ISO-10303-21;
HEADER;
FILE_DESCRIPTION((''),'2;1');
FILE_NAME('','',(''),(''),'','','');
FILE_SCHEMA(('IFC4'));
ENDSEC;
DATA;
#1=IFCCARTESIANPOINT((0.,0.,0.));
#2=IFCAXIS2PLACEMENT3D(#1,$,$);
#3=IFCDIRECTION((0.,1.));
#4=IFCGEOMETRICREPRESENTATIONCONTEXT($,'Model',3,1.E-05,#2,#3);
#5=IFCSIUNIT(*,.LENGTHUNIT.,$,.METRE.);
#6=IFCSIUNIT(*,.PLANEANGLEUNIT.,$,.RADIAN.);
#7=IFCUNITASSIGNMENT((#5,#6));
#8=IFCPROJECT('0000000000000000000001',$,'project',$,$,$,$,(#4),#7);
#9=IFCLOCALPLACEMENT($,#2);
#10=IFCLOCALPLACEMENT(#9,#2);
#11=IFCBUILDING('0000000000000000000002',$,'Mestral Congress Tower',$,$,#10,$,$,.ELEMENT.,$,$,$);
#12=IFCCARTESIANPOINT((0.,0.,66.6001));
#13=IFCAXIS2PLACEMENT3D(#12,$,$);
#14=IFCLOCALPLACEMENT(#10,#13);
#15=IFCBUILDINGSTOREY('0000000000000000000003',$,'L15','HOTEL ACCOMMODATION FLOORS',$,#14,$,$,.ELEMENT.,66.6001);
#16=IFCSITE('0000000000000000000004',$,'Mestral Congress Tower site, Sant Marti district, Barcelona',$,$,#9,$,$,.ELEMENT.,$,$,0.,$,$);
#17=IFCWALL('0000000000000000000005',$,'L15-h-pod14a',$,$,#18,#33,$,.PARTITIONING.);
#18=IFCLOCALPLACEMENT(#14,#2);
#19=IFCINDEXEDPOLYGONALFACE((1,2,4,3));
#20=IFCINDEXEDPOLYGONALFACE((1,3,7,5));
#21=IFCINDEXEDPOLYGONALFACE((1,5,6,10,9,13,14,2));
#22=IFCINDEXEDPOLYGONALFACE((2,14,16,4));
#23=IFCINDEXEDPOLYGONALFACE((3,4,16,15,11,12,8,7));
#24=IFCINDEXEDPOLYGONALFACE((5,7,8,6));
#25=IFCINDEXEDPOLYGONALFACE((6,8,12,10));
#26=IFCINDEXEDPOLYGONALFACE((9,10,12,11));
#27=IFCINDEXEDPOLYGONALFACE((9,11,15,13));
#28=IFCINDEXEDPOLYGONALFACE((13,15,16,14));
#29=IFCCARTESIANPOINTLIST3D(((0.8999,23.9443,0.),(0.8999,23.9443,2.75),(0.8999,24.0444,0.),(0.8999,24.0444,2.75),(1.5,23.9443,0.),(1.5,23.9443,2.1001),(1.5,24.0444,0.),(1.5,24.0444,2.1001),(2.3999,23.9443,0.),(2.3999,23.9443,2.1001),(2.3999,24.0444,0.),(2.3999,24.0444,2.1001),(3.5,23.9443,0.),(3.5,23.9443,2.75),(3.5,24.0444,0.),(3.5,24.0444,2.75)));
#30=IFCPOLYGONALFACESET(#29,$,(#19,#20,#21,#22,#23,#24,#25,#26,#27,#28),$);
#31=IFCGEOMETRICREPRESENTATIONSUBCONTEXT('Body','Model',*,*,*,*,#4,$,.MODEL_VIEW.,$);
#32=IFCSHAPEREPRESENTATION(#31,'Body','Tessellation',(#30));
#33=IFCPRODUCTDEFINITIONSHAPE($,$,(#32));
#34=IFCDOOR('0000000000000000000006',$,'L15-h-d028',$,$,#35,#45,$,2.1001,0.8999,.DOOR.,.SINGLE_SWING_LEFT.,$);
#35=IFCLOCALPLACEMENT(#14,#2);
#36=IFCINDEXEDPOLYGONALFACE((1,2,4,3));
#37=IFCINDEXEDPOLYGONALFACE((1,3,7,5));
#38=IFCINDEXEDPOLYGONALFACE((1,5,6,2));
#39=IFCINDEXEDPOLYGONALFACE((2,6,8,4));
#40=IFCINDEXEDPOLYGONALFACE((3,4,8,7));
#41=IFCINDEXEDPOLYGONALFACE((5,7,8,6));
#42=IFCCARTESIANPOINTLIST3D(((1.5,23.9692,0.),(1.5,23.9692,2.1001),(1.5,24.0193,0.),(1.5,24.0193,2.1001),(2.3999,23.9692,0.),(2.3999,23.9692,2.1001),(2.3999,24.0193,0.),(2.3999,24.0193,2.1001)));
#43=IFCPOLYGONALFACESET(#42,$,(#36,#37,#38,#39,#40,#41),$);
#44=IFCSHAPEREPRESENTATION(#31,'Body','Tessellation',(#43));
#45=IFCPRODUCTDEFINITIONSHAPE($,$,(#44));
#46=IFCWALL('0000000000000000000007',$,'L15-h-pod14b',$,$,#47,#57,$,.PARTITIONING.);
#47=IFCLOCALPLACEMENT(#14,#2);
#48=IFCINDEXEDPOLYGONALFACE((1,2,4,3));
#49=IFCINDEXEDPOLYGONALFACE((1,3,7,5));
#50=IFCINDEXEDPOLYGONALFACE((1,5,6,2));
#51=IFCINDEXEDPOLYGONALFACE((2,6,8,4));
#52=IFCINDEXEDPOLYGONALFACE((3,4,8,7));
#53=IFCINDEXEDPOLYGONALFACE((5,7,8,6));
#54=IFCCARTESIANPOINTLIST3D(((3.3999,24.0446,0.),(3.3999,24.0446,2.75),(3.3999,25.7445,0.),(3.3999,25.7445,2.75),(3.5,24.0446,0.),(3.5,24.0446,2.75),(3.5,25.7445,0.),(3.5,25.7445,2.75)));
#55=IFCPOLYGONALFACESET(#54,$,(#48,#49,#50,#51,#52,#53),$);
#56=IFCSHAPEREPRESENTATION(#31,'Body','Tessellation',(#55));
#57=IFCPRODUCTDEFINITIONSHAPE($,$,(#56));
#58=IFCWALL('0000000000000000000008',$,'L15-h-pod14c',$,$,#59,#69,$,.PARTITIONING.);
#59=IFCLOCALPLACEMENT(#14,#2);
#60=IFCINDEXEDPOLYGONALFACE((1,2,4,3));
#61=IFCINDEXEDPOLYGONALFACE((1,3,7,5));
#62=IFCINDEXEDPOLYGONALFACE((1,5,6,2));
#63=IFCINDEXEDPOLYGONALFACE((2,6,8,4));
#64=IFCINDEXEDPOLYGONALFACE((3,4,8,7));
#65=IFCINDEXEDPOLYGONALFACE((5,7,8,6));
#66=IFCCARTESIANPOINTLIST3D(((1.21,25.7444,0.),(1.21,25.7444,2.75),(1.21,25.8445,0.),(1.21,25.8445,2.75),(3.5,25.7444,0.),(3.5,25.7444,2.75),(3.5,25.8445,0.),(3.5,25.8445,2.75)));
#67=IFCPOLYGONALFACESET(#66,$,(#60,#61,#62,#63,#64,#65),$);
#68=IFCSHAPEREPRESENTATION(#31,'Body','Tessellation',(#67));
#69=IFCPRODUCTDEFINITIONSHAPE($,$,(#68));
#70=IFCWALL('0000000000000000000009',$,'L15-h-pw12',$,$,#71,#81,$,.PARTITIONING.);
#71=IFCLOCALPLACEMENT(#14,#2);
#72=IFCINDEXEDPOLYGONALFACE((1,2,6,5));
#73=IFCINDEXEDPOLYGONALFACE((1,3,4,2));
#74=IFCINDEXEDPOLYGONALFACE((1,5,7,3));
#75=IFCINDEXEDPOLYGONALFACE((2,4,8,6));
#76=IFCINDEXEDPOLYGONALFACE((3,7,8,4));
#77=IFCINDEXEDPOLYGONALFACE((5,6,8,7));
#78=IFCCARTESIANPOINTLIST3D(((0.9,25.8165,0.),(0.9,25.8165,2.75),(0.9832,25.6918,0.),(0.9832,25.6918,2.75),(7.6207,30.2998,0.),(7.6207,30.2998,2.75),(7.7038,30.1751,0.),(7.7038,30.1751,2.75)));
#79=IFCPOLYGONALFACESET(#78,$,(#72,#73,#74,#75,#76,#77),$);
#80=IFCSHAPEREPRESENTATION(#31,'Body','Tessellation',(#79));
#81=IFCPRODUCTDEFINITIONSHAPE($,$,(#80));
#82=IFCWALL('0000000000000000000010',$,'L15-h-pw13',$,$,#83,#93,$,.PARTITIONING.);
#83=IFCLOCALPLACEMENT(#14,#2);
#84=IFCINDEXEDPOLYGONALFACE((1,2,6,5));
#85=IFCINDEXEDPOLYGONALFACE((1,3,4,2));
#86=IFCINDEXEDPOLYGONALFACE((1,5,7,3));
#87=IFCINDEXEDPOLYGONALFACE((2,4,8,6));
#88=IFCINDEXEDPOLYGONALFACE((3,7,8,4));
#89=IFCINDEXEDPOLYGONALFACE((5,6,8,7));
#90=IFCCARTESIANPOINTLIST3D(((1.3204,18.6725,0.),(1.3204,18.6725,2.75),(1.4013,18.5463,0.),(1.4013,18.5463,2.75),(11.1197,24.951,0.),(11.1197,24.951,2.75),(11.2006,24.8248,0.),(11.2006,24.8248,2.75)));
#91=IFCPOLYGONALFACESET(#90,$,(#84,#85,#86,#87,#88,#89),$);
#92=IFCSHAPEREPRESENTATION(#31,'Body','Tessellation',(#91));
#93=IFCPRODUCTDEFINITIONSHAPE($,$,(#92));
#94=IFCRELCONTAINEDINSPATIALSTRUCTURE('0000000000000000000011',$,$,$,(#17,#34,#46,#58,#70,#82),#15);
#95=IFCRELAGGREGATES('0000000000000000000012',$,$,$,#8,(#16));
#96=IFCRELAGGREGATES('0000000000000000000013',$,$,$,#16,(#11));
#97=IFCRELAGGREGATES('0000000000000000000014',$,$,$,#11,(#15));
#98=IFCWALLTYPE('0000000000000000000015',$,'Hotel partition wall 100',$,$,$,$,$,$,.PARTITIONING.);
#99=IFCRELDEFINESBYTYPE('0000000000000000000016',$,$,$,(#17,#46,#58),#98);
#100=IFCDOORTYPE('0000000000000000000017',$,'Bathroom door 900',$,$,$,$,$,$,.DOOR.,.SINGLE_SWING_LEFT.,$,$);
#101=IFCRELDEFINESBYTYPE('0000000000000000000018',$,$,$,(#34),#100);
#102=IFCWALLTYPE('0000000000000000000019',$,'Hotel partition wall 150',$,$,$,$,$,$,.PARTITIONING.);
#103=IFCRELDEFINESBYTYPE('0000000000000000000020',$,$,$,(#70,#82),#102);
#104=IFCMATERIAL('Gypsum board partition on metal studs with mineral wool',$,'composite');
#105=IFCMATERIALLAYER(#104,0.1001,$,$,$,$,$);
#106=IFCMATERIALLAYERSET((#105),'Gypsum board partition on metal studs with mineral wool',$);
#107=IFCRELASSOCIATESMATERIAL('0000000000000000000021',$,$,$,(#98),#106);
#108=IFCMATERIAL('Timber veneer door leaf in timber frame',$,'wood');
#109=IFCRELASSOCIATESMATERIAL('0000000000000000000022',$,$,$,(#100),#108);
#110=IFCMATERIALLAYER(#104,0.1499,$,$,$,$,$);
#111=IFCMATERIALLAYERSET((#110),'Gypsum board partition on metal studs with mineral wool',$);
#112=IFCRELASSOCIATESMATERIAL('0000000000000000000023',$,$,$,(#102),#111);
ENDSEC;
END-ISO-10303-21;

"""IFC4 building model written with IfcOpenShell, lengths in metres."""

from ifc_helpers import new_model, si_unit, direction, frame, frame_2d, origin, place, context, subcontext, project, spatial, rectangle, extrude, material, layer, layer_set, type_object, element, fill, save


model = new_model("IFC4")

# Units and contexts
model_context = context("Model", 3, precision=1e-05, world=origin(), true_north=direction((0.0, 1.0)))
body_context = subcontext(model_context, "Body", "Model", "MODEL_VIEW")
ifc_project = project(units=[si_unit("LENGTHUNIT", "METRE"), si_unit("PLANEANGLEUNIT", "RADIAN")], contexts=[model_context])

# Site, building, storey
site_placement = place(None, origin())
site = spatial("IfcSite", under=ifc_project, at=site_placement, Name="Mestral Congress Tower site, Sant Marti district, Barcelona", CompositionType="ELEMENT", RefElevation=0.0)
building_placement = place(site_placement, origin())
building = spatial("IfcBuilding", under=site, at=building_placement, Name="Mestral Congress Tower", CompositionType="ELEMENT")
storey_placement = place(building_placement, frame((0.0, 0.0, 66.6001)))
storey = spatial("IfcBuildingStorey", under=building, at=storey_placement, Name="L15", Description="HOTEL ACCOMMODATION FLOORS", CompositionType="ELEMENT", Elevation=66.6001)

# Wall, opening, door
ifc_material_1 = material(Name="Gypsum board partition on metal studs with mineral wool", Category="composite")
ifc_layer_1 = layer(ifc_material_1, 0.1001)
ifc_layer_set_1 = layer_set([ifc_layer_1], Name="Gypsum board partition on metal studs with mineral wool")
wall_type_1 = type_object("IfcWallType", Name="Hotel partition wall 100", PredefinedType="PARTITIONING", material=ifc_layer_set_1)
wall_1_placement = place(storey_placement, frame((0.8999, 23.9944, 0.0), z_axis=(0.0, 0.0, 1.0), x_axis=(1.0, 0.0, 0.0)))
wall_1 = element("IfcWall", 1, at=wall_1_placement, inside=storey, type_object=wall_type_1, Name="L15-h-pod14a", PredefinedType="PARTITIONING", context=body_context, shape_type="SweptSolid", body=[
    extrude(rectangle(XDim=2.6001, YDim=0.1001, at=frame_2d((1.3, 0.0))), origin(), (0.0, 0.0, 1.0), 2.75),
])
opening_1_placement = place(wall_1_placement, frame((0.6001, 0.0, 0.0)))
opening_1 = element("IfcOpeningElement", 2, at=opening_1_placement, cuts=wall_1, PredefinedType="OPENING", context=body_context, shape_type="SweptSolid", body=[
    extrude(rectangle(XDim=0.8999, YDim=2.1001, at=frame_2d((0.45, 1.05))), frame((0.0, 0.0601, 0.0), z_axis=(0.0, -1.0, 0.0), x_axis=(1.0, 0.0, 0.0)), (0.0, 0.0, 1.0), 0.1201),
])
ifc_material_2 = material(Name="Timber veneer door leaf in timber frame", Category="wood")
door_type = type_object("IfcDoorType", Name="Bathroom door 900", OperationType="SINGLE_SWING_LEFT", PredefinedType="DOOR", material=ifc_material_2)
door_placement = place(opening_1_placement, origin())
door = element("IfcDoor", 3, at=door_placement, inside=storey, type_object=door_type, Name="L15-h-d028", OperationType="SINGLE_SWING_LEFT", OverallHeight=2.1001, OverallWidth=0.8999, PredefinedType="DOOR", context=body_context, shape_type="SweptSolid", body=[
    extrude(rectangle(XDim=0.8999, YDim=2.1001, at=frame_2d((0.45, 1.05))), frame((0.0, 0.0249, 0.0), z_axis=(0.0, -1.0, 0.0), x_axis=(1.0, 0.0, 0.0)), (0.0, 0.0, 1.0), 0.05),
])
fill(opening_1, door)

# Walls
wall_2_placement = place(storey_placement, frame((3.45, 24.0444, 0.0), z_axis=(0.0, 0.0, 1.0), x_axis=(0.0, 1.0, 0.0)))
element("IfcWall", 4, at=wall_2_placement, inside=storey, type_object=wall_type_1, Name="L15-h-pod14b", PredefinedType="PARTITIONING", context=body_context, shape_type="SweptSolid", body=[
    extrude(rectangle(XDim=1.7, YDim=0.1001, at=frame_2d((0.8501, 0.0))), origin(), (0.0, 0.0, 1.0), 2.75),
])
wall_3_placement = place(storey_placement, frame((1.21, 25.7944, 0.0), z_axis=(0.0, 0.0, 1.0), x_axis=(1.0, 0.0, 0.0)))
element("IfcWall", 5, at=wall_3_placement, inside=storey, type_object=wall_type_1, Name="L15-h-pod14c", PredefinedType="PARTITIONING", context=body_context, shape_type="SweptSolid", body=[
    extrude(rectangle(XDim=2.29, YDim=0.1001, at=frame_2d((1.145, 0.0))), origin(), (0.0, 0.0, 1.0), 2.75),
])
ifc_layer_2 = layer(ifc_material_1, 0.1499)
ifc_layer_set_2 = layer_set([ifc_layer_2], Name="Gypsum board partition on metal studs with mineral wool")
wall_type_2 = type_object("IfcWallType", Name="Hotel partition wall 150", PredefinedType="PARTITIONING", material=ifc_layer_set_2)
wall_4_placement = place(storey_placement, frame((7.6624, 30.2375, 0.0), z_axis=(0.0, 0.0, 1.0), x_axis=(-0.831883, -0.554951, 0.0)))
element("IfcWall", 6, at=wall_4_placement, inside=storey, type_object=wall_type_2, Name="L15-h-pw12", PredefinedType="PARTITIONING", context=body_context, shape_type="SweptSolid", body=[
    extrude(rectangle(XDim=8.0789, YDim=0.1499, at=frame_2d((4.0396, 0.0))), origin(), (0.0, 0.0, 1.0), 2.75),
])
wall_5_placement = place(storey_placement, frame((11.1602, 24.8879, 0.0), z_axis=(0.0, 0.0, 1.0), x_axis=(-0.841998, -0.53948, 0.0)))
element("IfcWall", 7, at=wall_5_placement, inside=storey, type_object=wall_type_2, Name="L15-h-pw13", PredefinedType="PARTITIONING", context=body_context, shape_type="SweptSolid", body=[
    extrude(rectangle(XDim=11.6382, YDim=0.1499, at=frame_2d((5.8191, 0.0))), origin(), (0.0, 0.0, 1.0), 2.75),
])

save(model, "model.ifc")
